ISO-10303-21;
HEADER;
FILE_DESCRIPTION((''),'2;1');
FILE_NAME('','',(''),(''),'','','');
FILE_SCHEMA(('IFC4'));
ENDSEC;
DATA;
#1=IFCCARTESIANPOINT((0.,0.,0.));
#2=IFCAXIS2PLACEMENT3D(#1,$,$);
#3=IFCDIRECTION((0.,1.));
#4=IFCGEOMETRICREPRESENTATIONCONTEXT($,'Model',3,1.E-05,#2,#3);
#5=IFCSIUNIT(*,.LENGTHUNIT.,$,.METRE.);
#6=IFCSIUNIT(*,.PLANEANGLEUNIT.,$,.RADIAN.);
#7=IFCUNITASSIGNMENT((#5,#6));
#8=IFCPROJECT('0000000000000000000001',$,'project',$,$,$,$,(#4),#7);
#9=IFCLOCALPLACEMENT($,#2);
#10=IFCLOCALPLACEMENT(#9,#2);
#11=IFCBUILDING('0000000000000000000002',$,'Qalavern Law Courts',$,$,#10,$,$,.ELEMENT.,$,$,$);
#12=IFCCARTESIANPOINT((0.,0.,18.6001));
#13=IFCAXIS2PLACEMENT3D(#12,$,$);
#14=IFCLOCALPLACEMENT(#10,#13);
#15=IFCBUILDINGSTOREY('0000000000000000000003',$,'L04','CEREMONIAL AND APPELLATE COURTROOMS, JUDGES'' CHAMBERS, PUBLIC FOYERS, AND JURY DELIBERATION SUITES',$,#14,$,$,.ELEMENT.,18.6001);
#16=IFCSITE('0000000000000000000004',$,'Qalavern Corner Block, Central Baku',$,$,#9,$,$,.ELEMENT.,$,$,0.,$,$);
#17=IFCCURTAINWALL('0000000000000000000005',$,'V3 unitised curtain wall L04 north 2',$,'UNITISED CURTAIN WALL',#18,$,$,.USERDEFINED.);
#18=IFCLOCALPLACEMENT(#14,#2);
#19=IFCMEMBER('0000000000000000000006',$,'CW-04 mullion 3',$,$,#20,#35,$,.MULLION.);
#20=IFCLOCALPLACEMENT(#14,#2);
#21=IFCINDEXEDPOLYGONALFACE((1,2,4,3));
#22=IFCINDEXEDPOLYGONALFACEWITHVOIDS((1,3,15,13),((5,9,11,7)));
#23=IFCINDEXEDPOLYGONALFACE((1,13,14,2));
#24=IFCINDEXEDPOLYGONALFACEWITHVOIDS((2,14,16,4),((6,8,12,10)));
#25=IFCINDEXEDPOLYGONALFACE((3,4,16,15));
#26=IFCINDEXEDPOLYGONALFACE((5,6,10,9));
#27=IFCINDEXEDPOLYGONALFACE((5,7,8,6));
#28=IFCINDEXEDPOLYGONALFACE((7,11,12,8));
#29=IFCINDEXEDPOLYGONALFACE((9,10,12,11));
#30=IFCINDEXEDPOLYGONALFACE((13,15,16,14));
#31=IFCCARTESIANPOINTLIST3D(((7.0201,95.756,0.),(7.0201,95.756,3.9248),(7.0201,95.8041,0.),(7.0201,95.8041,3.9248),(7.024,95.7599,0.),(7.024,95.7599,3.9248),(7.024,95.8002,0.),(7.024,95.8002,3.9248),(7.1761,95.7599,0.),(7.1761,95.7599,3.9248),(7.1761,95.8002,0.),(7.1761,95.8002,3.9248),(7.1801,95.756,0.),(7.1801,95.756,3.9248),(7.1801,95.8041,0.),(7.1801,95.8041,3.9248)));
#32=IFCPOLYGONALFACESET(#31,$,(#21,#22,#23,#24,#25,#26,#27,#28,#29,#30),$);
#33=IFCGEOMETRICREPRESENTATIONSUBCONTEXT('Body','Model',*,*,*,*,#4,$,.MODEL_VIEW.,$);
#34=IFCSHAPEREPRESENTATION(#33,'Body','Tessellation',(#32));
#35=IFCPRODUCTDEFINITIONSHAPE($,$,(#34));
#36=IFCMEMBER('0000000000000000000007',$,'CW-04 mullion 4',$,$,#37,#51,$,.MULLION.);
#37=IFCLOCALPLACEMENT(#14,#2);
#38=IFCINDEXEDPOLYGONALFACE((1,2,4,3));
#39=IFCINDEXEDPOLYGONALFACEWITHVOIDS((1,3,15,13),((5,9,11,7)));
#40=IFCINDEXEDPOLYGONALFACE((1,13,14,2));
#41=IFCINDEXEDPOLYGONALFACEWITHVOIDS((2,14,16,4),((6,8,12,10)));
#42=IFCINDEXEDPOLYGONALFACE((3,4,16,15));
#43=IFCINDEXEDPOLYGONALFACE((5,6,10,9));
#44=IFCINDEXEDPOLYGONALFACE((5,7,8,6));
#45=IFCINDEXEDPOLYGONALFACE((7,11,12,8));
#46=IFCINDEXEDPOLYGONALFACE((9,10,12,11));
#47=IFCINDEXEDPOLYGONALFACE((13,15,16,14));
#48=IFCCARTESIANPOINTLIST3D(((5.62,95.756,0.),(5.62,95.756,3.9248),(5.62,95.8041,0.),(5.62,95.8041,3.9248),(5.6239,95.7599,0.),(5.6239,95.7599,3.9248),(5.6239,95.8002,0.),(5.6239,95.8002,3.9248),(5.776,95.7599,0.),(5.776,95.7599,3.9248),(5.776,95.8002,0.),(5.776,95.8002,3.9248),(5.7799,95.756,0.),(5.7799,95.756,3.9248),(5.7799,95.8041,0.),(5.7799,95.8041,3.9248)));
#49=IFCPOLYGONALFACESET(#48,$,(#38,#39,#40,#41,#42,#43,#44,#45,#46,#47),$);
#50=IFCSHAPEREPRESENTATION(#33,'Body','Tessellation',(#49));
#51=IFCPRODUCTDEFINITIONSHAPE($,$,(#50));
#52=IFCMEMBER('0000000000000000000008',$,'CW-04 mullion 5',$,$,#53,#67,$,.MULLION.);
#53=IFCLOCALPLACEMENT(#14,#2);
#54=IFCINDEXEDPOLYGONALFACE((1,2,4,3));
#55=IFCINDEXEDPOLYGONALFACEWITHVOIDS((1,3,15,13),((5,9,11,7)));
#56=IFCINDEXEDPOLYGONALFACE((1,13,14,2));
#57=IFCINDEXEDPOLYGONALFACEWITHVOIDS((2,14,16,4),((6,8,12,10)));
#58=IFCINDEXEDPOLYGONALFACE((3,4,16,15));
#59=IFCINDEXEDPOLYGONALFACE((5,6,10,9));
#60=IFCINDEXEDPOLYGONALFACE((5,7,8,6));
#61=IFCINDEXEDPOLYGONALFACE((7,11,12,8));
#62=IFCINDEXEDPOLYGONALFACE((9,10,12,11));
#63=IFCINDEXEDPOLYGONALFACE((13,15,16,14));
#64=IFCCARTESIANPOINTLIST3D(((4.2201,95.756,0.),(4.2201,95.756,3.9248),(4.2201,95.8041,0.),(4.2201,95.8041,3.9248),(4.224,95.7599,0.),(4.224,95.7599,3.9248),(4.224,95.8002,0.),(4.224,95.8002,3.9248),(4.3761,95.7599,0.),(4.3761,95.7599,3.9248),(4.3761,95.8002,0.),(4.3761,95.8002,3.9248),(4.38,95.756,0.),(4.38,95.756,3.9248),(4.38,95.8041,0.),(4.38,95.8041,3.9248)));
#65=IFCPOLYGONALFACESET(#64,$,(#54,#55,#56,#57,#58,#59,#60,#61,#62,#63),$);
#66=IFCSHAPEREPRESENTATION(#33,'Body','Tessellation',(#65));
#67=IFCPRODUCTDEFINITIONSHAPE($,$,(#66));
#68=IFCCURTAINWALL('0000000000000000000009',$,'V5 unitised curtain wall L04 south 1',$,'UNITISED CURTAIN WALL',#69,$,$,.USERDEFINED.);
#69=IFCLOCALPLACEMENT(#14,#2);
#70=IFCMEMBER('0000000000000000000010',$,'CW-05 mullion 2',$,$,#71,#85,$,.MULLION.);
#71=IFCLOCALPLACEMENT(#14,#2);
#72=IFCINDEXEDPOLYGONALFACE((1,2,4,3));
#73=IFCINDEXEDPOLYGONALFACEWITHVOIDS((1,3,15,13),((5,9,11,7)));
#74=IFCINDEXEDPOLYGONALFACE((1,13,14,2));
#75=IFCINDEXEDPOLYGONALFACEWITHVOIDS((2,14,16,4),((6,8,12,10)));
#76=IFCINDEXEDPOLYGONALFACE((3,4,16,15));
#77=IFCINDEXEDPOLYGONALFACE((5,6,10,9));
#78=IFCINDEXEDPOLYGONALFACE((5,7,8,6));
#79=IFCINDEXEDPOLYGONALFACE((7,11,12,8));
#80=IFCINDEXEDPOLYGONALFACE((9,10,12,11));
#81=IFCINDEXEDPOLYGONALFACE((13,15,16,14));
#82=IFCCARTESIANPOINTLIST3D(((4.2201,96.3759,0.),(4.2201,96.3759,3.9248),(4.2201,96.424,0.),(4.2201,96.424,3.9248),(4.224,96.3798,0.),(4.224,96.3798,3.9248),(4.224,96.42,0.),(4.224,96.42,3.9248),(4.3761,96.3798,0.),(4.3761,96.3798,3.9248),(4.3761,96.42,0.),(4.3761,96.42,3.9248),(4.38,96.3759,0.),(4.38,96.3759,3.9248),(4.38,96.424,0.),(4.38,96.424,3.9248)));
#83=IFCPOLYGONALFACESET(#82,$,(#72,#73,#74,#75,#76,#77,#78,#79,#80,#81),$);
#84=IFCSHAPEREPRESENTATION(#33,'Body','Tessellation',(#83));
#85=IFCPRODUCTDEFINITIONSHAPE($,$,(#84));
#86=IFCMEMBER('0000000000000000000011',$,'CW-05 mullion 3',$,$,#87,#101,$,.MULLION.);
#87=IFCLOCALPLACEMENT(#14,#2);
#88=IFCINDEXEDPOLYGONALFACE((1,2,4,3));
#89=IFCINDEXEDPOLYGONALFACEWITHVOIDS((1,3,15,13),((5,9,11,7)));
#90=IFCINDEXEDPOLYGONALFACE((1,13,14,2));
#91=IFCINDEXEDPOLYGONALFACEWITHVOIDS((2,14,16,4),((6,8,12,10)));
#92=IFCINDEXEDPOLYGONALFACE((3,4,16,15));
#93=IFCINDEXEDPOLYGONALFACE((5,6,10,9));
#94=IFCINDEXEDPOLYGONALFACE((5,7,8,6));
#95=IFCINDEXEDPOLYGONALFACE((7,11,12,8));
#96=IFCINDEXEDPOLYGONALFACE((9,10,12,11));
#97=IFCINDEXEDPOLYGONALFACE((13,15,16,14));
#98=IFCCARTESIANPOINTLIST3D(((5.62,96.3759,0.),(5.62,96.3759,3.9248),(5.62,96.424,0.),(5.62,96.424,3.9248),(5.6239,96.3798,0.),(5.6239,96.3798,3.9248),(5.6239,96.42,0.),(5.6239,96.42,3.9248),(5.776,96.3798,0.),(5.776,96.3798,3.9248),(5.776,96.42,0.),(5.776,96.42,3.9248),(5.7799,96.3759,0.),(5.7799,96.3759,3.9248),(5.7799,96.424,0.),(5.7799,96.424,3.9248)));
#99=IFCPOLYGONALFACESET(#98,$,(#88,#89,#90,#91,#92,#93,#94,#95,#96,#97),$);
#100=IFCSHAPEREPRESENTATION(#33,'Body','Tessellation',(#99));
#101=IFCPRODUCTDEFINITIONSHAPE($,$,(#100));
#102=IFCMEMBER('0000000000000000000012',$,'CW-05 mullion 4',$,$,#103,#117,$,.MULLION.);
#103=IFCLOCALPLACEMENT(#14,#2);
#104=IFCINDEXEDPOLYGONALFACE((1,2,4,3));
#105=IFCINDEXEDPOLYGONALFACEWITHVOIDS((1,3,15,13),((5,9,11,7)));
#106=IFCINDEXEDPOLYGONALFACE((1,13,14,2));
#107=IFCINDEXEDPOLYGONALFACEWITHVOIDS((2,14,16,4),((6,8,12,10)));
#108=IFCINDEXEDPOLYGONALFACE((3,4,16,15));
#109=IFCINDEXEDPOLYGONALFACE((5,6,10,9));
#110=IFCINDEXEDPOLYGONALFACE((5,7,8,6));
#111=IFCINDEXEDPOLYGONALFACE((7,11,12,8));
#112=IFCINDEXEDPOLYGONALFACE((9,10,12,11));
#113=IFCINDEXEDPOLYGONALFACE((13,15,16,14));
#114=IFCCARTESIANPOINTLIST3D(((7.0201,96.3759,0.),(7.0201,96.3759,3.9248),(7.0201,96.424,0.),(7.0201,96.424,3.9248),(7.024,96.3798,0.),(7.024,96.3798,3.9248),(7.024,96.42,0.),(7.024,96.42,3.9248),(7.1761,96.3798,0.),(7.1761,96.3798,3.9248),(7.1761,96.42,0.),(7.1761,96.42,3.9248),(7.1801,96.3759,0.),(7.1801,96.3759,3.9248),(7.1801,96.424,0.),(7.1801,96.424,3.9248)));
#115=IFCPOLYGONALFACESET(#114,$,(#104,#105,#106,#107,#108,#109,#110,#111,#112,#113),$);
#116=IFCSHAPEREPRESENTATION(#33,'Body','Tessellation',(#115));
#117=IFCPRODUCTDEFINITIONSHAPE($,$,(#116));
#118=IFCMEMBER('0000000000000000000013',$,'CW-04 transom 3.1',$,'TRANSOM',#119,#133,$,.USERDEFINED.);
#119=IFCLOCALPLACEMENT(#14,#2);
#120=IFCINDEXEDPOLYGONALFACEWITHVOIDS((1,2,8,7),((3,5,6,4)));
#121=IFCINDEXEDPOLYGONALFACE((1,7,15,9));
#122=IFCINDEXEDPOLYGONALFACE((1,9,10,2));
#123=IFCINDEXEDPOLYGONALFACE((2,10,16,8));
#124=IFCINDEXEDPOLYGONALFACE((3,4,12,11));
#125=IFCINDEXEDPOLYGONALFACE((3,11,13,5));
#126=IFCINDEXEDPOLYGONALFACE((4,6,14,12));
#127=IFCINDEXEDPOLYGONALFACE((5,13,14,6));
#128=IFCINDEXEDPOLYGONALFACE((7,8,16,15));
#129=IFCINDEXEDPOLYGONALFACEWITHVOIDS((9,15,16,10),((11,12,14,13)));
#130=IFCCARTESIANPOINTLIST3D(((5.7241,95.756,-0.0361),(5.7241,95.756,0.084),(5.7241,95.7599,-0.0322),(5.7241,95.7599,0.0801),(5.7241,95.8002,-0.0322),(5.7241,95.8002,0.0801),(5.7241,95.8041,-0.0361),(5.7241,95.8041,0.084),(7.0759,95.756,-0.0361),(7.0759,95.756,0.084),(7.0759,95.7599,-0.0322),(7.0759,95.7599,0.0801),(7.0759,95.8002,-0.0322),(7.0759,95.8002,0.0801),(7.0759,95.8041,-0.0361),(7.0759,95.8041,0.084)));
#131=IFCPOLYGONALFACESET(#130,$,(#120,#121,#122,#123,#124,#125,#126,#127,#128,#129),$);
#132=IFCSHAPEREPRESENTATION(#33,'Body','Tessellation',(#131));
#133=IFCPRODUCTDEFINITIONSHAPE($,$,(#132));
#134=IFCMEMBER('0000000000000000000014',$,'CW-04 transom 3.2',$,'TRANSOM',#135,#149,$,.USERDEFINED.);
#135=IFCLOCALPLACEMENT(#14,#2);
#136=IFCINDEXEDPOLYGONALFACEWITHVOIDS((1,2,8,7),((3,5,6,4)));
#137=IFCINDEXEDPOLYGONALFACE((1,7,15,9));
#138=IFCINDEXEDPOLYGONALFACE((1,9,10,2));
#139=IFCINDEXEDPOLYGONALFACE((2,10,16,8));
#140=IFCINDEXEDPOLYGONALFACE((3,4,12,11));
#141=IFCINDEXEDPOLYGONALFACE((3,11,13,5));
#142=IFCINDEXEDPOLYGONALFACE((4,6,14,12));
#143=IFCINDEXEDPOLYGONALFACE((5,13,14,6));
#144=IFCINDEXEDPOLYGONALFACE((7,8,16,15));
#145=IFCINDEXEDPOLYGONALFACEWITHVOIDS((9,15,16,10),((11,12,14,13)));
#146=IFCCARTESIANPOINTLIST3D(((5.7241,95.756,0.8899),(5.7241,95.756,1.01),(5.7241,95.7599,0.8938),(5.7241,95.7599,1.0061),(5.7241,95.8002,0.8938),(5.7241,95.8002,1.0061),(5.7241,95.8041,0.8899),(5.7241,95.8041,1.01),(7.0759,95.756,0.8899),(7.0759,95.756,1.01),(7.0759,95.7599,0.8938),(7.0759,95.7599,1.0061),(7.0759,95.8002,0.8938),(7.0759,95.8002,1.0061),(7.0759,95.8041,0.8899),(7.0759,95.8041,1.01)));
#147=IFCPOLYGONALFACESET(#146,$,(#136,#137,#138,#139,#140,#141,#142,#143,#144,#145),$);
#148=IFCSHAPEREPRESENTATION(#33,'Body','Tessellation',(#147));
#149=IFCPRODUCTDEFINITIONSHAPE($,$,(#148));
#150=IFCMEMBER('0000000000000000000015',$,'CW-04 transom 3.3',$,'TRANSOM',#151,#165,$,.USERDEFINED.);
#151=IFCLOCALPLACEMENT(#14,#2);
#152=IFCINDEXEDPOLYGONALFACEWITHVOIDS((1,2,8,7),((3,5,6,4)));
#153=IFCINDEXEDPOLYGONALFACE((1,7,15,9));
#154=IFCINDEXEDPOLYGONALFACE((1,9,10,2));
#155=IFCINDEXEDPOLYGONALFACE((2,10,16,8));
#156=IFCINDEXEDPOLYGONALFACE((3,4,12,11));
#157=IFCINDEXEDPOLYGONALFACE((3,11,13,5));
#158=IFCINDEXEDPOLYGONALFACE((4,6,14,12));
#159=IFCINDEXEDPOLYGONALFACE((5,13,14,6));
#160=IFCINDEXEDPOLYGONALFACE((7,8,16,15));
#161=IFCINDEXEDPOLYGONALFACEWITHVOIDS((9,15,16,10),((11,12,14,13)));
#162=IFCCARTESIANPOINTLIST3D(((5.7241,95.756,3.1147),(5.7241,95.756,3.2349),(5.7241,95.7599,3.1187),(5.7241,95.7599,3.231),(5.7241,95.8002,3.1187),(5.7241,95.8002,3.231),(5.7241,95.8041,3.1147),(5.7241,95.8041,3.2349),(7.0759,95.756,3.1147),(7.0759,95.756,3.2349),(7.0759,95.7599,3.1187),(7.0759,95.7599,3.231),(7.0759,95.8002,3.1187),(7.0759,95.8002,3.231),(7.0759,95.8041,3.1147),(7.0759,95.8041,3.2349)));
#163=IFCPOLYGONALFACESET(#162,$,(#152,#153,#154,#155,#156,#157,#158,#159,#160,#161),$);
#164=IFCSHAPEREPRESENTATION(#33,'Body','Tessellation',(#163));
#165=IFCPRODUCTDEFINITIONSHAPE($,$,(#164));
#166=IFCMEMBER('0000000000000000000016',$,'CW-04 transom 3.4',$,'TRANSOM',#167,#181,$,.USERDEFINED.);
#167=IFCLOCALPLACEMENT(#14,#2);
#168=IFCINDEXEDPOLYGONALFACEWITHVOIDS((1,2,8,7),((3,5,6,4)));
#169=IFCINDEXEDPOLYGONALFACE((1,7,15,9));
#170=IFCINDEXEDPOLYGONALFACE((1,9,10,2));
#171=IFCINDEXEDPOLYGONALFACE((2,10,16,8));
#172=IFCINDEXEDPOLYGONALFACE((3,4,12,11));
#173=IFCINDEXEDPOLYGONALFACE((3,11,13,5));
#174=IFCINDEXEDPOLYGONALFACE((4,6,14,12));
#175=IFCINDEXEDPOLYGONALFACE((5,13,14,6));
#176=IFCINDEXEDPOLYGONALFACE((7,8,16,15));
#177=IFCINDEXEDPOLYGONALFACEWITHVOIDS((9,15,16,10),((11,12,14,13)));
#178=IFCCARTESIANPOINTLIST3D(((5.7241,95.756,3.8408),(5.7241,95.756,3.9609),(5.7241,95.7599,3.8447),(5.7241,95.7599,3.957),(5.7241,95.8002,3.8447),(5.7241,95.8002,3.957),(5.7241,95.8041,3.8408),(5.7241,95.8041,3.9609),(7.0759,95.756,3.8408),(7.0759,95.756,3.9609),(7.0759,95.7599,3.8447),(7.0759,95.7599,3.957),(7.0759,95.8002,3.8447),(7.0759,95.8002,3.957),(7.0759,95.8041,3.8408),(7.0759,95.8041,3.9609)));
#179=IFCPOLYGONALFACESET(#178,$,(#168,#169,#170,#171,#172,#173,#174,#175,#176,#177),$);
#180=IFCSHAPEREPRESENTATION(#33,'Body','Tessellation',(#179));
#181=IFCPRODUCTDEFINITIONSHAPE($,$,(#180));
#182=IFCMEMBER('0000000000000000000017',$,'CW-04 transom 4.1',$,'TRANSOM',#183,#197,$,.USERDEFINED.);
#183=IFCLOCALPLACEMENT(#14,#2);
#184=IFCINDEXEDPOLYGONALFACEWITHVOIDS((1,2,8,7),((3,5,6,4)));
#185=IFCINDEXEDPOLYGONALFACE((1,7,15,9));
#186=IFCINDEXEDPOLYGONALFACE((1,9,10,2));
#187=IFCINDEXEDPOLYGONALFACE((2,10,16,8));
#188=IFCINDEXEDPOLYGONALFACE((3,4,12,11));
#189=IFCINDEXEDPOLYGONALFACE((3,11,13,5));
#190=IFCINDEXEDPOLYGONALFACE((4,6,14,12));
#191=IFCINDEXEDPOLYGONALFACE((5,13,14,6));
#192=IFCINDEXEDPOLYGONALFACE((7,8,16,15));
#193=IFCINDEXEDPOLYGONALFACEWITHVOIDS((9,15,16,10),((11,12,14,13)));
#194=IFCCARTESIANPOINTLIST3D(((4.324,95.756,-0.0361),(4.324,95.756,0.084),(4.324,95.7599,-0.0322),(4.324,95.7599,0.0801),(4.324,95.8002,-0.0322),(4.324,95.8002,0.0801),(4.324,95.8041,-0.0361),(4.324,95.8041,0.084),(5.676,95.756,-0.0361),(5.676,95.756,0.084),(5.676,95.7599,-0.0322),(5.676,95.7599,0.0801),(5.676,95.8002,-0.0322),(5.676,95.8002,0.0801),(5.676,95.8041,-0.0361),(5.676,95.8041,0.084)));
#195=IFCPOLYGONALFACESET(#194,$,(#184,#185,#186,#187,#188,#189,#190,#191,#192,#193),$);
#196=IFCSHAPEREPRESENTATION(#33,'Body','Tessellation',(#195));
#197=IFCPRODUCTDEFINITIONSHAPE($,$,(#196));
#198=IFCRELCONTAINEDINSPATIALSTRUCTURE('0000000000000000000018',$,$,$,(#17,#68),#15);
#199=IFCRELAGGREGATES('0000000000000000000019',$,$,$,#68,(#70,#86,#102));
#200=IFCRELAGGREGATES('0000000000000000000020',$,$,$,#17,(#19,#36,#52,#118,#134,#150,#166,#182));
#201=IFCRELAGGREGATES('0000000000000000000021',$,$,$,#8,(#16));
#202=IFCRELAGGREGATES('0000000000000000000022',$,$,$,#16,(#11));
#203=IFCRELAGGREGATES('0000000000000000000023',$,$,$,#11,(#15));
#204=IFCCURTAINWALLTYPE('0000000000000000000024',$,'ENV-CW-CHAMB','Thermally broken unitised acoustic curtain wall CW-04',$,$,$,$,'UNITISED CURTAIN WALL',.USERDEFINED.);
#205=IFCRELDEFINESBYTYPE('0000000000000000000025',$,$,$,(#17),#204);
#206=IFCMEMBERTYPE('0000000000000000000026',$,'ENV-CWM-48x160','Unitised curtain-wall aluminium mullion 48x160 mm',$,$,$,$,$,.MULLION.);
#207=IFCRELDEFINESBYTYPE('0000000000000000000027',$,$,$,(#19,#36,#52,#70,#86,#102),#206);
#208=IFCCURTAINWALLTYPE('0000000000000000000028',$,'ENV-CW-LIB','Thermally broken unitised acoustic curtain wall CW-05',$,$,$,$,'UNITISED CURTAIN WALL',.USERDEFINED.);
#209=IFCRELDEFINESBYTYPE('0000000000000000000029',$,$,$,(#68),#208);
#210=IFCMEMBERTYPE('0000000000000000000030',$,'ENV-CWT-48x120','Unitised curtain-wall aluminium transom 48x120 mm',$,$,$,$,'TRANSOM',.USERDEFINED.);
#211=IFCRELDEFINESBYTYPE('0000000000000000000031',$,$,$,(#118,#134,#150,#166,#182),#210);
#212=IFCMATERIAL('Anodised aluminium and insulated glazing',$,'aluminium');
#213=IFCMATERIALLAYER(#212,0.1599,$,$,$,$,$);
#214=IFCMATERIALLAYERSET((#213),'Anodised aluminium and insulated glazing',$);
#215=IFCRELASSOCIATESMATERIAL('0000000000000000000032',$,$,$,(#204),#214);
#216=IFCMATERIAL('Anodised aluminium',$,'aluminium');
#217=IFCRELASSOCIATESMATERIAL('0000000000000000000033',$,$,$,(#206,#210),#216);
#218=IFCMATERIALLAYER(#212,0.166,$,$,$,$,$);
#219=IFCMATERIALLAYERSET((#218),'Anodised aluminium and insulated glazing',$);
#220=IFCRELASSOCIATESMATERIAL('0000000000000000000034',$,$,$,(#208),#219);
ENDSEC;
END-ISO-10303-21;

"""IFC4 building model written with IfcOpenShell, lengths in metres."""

from ifc_helpers import new_model, si_unit, direction, frame, origin, origin_2d, place, context, subcontext, project, spatial, hollow_rectangle, extrude, material, layer, layer_set, material_profile, profile_set, type_object, element, aggregate, save


model = new_model("IFC4")

# Units and contexts
model_context = context("Model", 3, precision=1e-05, world=origin(), true_north=direction((0.0, 1.0)))
body_context = subcontext(model_context, "Body", "Model", "MODEL_VIEW")
ifc_project = project(units=[si_unit("LENGTHUNIT", "METRE"), si_unit("PLANEANGLEUNIT", "RADIAN")], contexts=[model_context])

# Site, building, storey
site_placement = place(None, origin())
site = spatial("IfcSite", under=ifc_project, at=site_placement, Name="Qalavern Corner Block, Central Baku", CompositionType="ELEMENT", RefElevation=0.0)
building_placement = place(site_placement, origin())
building = spatial("IfcBuilding", under=site, at=building_placement, Name="Qalavern Law Courts", CompositionType="ELEMENT")
storey_placement = place(building_placement, frame((0.0, 0.0, 18.6001)))
storey = spatial("IfcBuildingStorey", under=building, at=storey_placement, Name="L04", Description="CEREMONIAL AND APPELLATE COURTROOMS, JUDGES' CHAMBERS, PUBLIC FOYERS, AND JURY DELIBERATION SUITES", CompositionType="ELEMENT", Elevation=18.6001)

# Curtain walls, members
ifc_material_1 = material(Name="Anodised aluminium and insulated glazing", Category="aluminium")
ifc_layer_1 = layer(ifc_material_1, 0.1599)
ifc_layer_set_1 = layer_set([ifc_layer_1], Name="Anodised aluminium and insulated glazing")
curtain_wall_type_1 = type_object("IfcCurtainWallType", Name="ENV-CW-CHAMB", Description="Thermally broken unitised acoustic curtain wall CW-04", ElementType="UNITISED CURTAIN WALL", PredefinedType="USERDEFINED", material=ifc_layer_set_1)
curtain_wall_1_placement = place(storey_placement, origin())
curtain_wall_1 = element("IfcCurtainWall", 1, at=curtain_wall_1_placement, inside=storey, type_object=curtain_wall_type_1, Name="V3 unitised curtain wall L04 north 2", ObjectType="UNITISED CURTAIN WALL", PredefinedType="USERDEFINED")
ifc_material_2 = material(Name="Anodised aluminium", Category="aluminium")
ifc_material_profile_1 = material_profile(ifc_material_2, hollow_rectangle(XDim=0.0481, YDim=0.1599, WallThickness=0.0039, at=origin_2d()), Name="ALU MULLION 48x160")
ifc_profile_set_1 = profile_set([ifc_material_profile_1], Name="Anodised aluminium")
member_type_1 = type_object("IfcMemberType", Name="ENV-CWM-48x160", Description="Unitised curtain-wall aluminium mullion 48x160 mm", PredefinedType="MULLION", material=ifc_profile_set_1)
member_1_placement = place(storey_placement, frame((7.1001, 95.78, 0.0), z_axis=(0.0, 0.0, 1.0), x_axis=(0.0, -1.0, 0.0)))
member_1 = element("IfcMember", 2, at=member_1_placement, type_object=member_type_1, Name="CW-04 mullion 3", PredefinedType="MULLION", context=body_context, shape_type="SweptSolid", body=[
    extrude(hollow_rectangle(XDim=0.0481, YDim=0.1599, WallThickness=0.0039, at=origin_2d()), origin(), (0.0, 0.0, 1.0), 3.9248),
])
member_2_placement = place(storey_placement, frame((5.7, 95.78, 0.0), z_axis=(0.0, 0.0, 1.0), x_axis=(0.0, -1.0, 0.0)))
member_2 = element("IfcMember", 3, at=member_2_placement, type_object=member_type_1, Name="CW-04 mullion 4", PredefinedType="MULLION", context=body_context, shape_type="SweptSolid", body=[
    extrude(hollow_rectangle(XDim=0.0481, YDim=0.1599, WallThickness=0.0039, at=origin_2d()), origin(), (0.0, 0.0, 1.0), 3.9248),
])
member_3_placement = place(storey_placement, frame((4.3, 95.78, 0.0), z_axis=(0.0, 0.0, 1.0), x_axis=(0.0, -1.0, 0.0)))
member_3 = element("IfcMember", 4, at=member_3_placement, type_object=member_type_1, Name="CW-04 mullion 5", PredefinedType="MULLION", context=body_context, shape_type="SweptSolid", body=[
    extrude(hollow_rectangle(XDim=0.0481, YDim=0.1599, WallThickness=0.0039, at=origin_2d()), origin(), (0.0, 0.0, 1.0), 3.9248),
])
ifc_layer_2 = layer(ifc_material_1, 0.166)
ifc_layer_set_2 = layer_set([ifc_layer_2], Name="Anodised aluminium and insulated glazing")
curtain_wall_type_2 = type_object("IfcCurtainWallType", Name="ENV-CW-LIB", Description="Thermally broken unitised acoustic curtain wall CW-05", ElementType="UNITISED CURTAIN WALL", PredefinedType="USERDEFINED", material=ifc_layer_set_2)
curtain_wall_2_placement = place(storey_placement, origin())
curtain_wall_2 = element("IfcCurtainWall", 5, at=curtain_wall_2_placement, inside=storey, type_object=curtain_wall_type_2, Name="V5 unitised curtain wall L04 south 1", ObjectType="UNITISED CURTAIN WALL", PredefinedType="USERDEFINED")
member_4_placement = place(storey_placement, frame((4.3, 96.3999, 0.0), z_axis=(0.0, 0.0, 1.0), x_axis=(0.0, 1.0, 0.0)))
member_4 = element("IfcMember", 6, at=member_4_placement, type_object=member_type_1, Name="CW-05 mullion 2", PredefinedType="MULLION", context=body_context, shape_type="SweptSolid", body=[
    extrude(hollow_rectangle(XDim=0.0481, YDim=0.1599, WallThickness=0.0039, at=origin_2d()), origin(), (0.0, 0.0, 1.0), 3.9248),
])
member_5_placement = place(storey_placement, frame((5.7, 96.3999, 0.0), z_axis=(0.0, 0.0, 1.0), x_axis=(0.0, 1.0, 0.0)))
member_5 = element("IfcMember", 7, at=member_5_placement, type_object=member_type_1, Name="CW-05 mullion 3", PredefinedType="MULLION", context=body_context, shape_type="SweptSolid", body=[
    extrude(hollow_rectangle(XDim=0.0481, YDim=0.1599, WallThickness=0.0039, at=origin_2d()), origin(), (0.0, 0.0, 1.0), 3.9248),
])
member_6_placement = place(storey_placement, frame((7.1001, 96.3999, 0.0), z_axis=(0.0, 0.0, 1.0), x_axis=(0.0, 1.0, 0.0)))
member_6 = element("IfcMember", 8, at=member_6_placement, type_object=member_type_1, Name="CW-05 mullion 4", PredefinedType="MULLION", context=body_context, shape_type="SweptSolid", body=[
    extrude(hollow_rectangle(XDim=0.0481, YDim=0.1599, WallThickness=0.0039, at=origin_2d()), origin(), (0.0, 0.0, 1.0), 3.9248),
])

# Members
ifc_material_profile_2 = material_profile(ifc_material_2, hollow_rectangle(XDim=0.0481, YDim=0.1201, WallThickness=0.0039, at=origin_2d()), Name="ALU TRANSOM 48x120")
ifc_profile_set_2 = profile_set([ifc_material_profile_2], Name="Anodised aluminium")
member_type_2 = type_object("IfcMemberType", Name="ENV-CWT-48x120", Description="Unitised curtain-wall aluminium transom 48x120 mm", ElementType="TRANSOM", PredefinedType="USERDEFINED", material=ifc_profile_set_2)
member_7_placement = place(storey_placement, frame((7.0759, 95.78, 0.0239), z_axis=(-1.0, 0.0, 0.0), x_axis=(0.0, -1.0, 0.0)))
member_7 = element("IfcMember", 9, at=member_7_placement, type_object=member_type_2, Name="CW-04 transom 3.1", ObjectType="TRANSOM", PredefinedType="USERDEFINED", context=body_context, shape_type="SweptSolid", body=[
    extrude(hollow_rectangle(XDim=0.0481, YDim=0.1201, WallThickness=0.0039, at=origin_2d()), origin(), (0.0, 0.0, 1.0), 1.3518),
])
member_8_placement = place(storey_placement, frame((7.0759, 95.78, 0.95), z_axis=(-1.0, 0.0, 0.0), x_axis=(0.0, -1.0, 0.0)))
member_8 = element("IfcMember", 10, at=member_8_placement, type_object=member_type_2, Name="CW-04 transom 3.2", ObjectType="TRANSOM", PredefinedType="USERDEFINED", context=body_context, shape_type="SweptSolid", body=[
    extrude(hollow_rectangle(XDim=0.0481, YDim=0.1201, WallThickness=0.0039, at=origin_2d()), origin(), (0.0, 0.0, 1.0), 1.3518),
])
member_9_placement = place(storey_placement, frame((7.0759, 95.78, 3.1748), z_axis=(-1.0, 0.0, 0.0), x_axis=(0.0, -1.0, 0.0)))
member_9 = element("IfcMember", 11, at=member_9_placement, type_object=member_type_2, Name="CW-04 transom 3.3", ObjectType="TRANSOM", PredefinedType="USERDEFINED", context=body_context, shape_type="SweptSolid", body=[
    extrude(hollow_rectangle(XDim=0.0481, YDim=0.1201, WallThickness=0.0039, at=origin_2d()), origin(), (0.0, 0.0, 1.0), 1.3518),
])
member_10_placement = place(storey_placement, frame((7.0759, 95.78, 3.9009), z_axis=(-1.0, 0.0, 0.0), x_axis=(0.0, -1.0, 0.0)))
member_10 = element("IfcMember", 12, at=member_10_placement, type_object=member_type_2, Name="CW-04 transom 3.4", ObjectType="TRANSOM", PredefinedType="USERDEFINED", context=body_context, shape_type="SweptSolid", body=[
    extrude(hollow_rectangle(XDim=0.0481, YDim=0.1201, WallThickness=0.0039, at=origin_2d()), origin(), (0.0, 0.0, 1.0), 1.3518),
])
member_11_placement = place(storey_placement, frame((5.676, 95.78, 0.0239), z_axis=(-1.0, 0.0, 0.0), x_axis=(0.0, -1.0, 0.0)))
member_11 = element("IfcMember", 13, at=member_11_placement, type_object=member_type_2, Name="CW-04 transom 4.1", ObjectType="TRANSOM", PredefinedType="USERDEFINED", context=body_context, shape_type="SweptSolid", body=[
    extrude(hollow_rectangle(XDim=0.0481, YDim=0.1201, WallThickness=0.0039, at=origin_2d()), origin(), (0.0, 0.0, 1.0), 1.3521),
])

aggregate(curtain_wall_2, [member_4, member_5, member_6])
aggregate(curtain_wall_1, [member_1, member_2, member_3, member_7, member_8, member_9, member_10, member_11])

save(model, "model.ifc")
